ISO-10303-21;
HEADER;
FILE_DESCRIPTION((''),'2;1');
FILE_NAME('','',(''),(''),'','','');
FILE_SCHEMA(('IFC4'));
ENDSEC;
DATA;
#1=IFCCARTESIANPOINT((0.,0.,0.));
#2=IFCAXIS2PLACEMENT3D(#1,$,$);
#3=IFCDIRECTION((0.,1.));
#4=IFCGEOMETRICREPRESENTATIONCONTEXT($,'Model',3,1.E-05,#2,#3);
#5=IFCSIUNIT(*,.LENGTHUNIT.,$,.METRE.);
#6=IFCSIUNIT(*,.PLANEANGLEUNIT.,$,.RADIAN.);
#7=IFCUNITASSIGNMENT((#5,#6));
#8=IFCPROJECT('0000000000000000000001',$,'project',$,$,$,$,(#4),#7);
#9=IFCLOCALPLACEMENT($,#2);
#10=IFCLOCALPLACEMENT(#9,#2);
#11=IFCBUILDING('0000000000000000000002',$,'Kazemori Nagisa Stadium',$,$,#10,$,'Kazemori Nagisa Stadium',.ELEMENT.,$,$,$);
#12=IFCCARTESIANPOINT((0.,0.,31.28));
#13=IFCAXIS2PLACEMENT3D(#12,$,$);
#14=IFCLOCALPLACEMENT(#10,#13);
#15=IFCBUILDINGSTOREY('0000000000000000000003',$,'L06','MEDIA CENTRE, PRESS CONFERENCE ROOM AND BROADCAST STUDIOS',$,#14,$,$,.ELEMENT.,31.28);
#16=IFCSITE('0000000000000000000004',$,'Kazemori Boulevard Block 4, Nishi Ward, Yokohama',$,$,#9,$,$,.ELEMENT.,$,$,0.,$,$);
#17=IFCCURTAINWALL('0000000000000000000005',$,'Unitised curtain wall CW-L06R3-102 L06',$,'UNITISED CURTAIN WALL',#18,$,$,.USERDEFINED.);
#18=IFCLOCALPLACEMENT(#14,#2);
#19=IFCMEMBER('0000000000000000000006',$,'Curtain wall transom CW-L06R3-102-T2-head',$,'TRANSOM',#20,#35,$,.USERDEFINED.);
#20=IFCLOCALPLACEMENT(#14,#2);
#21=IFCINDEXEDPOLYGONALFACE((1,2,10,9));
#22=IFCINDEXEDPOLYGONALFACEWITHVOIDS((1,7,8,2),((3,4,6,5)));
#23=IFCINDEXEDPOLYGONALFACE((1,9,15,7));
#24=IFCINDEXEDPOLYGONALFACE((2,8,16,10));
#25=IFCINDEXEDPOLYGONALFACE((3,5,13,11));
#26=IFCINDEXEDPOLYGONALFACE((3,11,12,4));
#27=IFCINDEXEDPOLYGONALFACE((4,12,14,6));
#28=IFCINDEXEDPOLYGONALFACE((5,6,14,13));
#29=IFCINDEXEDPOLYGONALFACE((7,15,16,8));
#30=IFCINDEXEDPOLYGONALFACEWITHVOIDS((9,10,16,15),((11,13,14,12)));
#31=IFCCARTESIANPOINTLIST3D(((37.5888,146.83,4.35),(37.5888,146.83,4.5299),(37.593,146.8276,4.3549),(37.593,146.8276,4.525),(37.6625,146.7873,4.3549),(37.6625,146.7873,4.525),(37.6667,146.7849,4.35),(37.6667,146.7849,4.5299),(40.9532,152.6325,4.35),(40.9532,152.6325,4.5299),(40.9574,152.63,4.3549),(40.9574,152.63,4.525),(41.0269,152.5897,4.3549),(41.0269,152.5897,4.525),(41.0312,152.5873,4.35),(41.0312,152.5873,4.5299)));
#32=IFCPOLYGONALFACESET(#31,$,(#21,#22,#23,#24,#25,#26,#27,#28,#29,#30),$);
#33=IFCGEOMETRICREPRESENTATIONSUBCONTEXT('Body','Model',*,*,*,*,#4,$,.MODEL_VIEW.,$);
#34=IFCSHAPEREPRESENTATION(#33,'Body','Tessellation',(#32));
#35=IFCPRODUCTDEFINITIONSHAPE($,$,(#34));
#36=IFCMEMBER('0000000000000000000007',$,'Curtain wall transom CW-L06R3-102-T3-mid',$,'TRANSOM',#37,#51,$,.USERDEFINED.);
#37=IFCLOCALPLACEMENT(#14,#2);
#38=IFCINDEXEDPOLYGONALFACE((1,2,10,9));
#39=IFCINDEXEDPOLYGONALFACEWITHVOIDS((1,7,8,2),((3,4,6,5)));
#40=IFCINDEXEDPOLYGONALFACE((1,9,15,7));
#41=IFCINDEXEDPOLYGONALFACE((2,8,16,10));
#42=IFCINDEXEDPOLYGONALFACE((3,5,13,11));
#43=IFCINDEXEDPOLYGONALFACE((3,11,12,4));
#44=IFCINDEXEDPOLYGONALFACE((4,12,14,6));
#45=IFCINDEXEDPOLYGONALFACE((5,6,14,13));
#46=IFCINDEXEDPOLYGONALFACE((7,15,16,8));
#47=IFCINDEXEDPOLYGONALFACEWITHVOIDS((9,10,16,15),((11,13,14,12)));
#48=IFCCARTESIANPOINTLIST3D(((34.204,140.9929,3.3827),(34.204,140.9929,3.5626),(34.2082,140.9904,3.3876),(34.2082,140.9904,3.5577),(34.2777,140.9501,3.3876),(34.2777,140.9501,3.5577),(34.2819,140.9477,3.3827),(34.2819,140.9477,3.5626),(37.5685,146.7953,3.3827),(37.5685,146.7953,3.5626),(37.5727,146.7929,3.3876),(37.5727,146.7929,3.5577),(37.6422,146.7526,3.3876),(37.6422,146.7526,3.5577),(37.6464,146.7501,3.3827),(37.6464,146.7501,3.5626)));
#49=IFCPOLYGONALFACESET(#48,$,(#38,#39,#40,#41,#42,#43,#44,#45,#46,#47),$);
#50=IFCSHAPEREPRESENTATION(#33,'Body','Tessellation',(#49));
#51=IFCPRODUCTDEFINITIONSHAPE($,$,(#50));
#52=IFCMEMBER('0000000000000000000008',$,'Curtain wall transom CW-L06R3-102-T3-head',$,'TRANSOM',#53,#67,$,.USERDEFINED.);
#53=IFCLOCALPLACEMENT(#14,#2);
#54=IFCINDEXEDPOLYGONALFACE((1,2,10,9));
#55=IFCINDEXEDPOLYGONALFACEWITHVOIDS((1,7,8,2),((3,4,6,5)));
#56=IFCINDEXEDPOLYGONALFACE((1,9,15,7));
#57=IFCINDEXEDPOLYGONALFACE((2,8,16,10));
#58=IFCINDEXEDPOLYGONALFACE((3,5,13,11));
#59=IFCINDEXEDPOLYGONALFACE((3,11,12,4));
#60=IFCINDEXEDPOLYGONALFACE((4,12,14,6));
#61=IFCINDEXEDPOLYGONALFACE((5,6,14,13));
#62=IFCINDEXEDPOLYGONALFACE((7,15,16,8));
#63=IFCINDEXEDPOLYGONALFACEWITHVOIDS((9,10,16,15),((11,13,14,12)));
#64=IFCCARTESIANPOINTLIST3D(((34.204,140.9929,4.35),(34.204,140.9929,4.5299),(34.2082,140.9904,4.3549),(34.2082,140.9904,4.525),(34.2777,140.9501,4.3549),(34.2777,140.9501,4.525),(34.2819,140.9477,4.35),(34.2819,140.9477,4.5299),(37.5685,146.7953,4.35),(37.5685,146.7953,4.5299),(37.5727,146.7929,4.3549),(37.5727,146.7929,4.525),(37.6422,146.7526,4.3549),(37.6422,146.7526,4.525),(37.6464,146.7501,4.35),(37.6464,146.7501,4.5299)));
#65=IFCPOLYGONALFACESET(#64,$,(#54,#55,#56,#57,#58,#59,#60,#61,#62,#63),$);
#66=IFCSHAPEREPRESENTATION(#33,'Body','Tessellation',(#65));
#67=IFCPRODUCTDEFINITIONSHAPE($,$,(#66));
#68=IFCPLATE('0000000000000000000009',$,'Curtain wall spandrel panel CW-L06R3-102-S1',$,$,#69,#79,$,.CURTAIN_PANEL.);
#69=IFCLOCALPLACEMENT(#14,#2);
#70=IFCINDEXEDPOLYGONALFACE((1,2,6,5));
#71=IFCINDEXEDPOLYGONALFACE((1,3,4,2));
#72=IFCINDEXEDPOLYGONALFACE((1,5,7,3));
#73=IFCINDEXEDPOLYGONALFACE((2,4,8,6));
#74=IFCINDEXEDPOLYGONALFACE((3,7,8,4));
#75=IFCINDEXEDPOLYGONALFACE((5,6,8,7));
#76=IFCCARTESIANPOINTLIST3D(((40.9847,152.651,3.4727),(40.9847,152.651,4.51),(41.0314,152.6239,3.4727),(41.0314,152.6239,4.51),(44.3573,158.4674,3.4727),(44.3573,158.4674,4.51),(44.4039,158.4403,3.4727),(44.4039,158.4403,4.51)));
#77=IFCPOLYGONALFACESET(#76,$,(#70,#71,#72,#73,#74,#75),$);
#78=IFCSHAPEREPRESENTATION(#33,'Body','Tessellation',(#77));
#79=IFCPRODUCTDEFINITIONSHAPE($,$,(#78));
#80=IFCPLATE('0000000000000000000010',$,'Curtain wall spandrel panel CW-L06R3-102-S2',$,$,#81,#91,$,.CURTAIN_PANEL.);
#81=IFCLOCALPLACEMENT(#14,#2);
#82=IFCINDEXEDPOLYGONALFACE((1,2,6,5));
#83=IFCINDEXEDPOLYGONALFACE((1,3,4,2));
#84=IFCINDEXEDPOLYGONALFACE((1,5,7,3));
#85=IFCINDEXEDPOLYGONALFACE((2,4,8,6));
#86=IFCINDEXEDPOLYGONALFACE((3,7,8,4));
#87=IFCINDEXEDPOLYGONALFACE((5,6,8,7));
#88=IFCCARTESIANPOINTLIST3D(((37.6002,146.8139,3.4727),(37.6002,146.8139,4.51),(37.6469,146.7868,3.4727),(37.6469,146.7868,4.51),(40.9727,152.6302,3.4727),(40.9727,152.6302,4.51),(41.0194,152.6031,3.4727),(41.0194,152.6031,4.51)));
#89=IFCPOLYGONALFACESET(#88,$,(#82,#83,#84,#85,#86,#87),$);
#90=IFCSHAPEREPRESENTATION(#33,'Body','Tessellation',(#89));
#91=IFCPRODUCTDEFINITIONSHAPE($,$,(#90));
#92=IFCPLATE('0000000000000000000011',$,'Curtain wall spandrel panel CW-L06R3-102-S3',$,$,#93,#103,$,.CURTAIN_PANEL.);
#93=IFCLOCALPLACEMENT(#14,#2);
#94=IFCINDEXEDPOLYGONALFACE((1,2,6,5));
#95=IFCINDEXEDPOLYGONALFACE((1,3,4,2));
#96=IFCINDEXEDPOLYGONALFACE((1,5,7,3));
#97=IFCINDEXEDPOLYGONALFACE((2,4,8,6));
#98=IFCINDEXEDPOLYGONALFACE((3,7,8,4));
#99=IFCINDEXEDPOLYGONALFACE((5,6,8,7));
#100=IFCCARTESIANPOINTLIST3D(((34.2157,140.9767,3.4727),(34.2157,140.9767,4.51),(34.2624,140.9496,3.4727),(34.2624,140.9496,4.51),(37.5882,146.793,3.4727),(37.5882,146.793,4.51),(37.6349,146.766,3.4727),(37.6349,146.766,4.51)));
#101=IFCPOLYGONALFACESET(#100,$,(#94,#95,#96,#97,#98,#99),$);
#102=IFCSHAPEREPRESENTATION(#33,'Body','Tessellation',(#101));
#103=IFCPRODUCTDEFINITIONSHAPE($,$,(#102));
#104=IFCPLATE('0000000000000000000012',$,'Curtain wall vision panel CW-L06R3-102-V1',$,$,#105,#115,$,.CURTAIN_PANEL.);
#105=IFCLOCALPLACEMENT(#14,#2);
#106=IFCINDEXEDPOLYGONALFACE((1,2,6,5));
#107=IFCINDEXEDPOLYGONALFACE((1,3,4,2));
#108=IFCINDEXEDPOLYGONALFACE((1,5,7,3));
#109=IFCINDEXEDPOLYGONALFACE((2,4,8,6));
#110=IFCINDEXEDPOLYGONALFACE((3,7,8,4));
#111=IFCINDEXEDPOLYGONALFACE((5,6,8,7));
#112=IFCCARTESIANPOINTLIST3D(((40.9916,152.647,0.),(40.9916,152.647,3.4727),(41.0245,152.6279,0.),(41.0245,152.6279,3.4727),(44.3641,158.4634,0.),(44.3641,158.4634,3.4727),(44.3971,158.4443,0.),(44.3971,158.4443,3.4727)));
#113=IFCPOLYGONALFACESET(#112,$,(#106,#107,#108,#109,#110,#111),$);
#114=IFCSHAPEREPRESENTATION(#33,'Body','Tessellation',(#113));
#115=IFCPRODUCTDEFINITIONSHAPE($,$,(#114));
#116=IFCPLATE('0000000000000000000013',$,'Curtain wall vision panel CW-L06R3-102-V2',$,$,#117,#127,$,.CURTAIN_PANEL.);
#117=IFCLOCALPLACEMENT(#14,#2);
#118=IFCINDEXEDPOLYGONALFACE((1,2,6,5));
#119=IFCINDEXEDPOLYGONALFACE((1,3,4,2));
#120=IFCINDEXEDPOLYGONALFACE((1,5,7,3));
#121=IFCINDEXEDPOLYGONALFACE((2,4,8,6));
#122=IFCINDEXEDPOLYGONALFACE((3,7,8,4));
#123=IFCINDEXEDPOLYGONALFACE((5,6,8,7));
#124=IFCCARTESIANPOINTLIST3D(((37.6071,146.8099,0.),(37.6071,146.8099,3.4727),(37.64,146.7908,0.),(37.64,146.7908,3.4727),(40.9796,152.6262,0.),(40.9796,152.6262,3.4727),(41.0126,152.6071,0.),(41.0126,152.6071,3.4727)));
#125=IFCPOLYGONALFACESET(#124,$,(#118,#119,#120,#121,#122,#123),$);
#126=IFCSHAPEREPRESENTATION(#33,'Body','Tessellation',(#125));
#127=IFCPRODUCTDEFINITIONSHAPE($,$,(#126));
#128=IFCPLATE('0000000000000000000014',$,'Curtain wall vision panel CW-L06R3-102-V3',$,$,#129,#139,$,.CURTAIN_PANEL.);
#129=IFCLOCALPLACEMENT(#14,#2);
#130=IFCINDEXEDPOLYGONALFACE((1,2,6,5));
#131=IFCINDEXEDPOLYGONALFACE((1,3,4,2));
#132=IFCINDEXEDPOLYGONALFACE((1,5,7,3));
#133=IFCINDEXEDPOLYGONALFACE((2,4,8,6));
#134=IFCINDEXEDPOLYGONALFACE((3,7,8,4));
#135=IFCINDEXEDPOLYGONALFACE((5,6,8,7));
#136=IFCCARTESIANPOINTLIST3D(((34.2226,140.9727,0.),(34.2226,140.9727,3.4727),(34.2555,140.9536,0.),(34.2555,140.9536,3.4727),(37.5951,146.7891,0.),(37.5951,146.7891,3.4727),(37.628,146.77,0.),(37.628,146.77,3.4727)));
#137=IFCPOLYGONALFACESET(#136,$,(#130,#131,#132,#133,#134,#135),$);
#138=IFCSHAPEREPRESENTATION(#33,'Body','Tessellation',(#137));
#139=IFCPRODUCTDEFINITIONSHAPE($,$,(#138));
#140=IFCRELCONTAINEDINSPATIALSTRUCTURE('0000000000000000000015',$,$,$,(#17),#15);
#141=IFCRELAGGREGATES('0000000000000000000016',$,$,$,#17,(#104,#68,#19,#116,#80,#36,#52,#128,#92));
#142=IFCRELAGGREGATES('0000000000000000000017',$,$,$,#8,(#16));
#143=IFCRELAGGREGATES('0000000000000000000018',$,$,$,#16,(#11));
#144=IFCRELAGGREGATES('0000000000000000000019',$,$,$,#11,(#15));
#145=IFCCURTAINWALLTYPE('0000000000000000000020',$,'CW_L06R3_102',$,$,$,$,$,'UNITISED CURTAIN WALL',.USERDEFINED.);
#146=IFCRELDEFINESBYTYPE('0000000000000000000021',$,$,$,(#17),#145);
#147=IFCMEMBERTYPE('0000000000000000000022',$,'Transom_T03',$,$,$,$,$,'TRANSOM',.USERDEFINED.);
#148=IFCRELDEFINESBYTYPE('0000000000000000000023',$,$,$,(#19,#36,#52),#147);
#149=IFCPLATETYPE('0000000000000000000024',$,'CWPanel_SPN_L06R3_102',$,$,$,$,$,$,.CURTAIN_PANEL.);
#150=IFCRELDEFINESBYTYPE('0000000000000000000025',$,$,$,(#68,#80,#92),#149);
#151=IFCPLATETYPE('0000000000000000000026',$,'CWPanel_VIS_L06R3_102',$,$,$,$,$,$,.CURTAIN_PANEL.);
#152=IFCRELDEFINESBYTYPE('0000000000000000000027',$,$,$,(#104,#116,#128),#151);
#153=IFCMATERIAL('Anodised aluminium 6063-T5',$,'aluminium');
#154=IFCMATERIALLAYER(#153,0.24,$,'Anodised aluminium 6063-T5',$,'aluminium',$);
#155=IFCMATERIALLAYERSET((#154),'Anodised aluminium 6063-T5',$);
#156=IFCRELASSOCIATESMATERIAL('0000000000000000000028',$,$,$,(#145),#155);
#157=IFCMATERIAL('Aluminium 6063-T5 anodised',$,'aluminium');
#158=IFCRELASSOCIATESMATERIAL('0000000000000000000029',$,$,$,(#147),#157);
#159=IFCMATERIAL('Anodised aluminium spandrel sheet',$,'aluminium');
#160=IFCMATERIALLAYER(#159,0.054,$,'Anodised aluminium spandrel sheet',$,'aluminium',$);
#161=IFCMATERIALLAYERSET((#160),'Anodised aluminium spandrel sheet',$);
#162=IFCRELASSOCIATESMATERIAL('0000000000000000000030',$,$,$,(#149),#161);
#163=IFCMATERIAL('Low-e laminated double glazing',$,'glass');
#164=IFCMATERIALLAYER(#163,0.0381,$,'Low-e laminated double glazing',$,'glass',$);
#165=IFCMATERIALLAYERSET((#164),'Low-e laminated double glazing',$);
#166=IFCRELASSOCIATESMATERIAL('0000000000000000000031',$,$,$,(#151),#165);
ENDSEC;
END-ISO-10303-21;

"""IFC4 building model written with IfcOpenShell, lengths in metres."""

from ifc_helpers import new_model, si_unit, direction, frame, origin, origin_2d, place, context, subcontext, project, spatial, rectangle, hollow_rectangle, extrude, material, layer, layer_set, material_profile, profile_set, type_object, element, aggregate, save


model = new_model("IFC4")

# Units and contexts
model_context = context("Model", 3, precision=1e-05, world=origin(), true_north=direction((0.0, 1.0)))
body_context = subcontext(model_context, "Body", "Model", "MODEL_VIEW")
ifc_project = project(units=[si_unit("LENGTHUNIT", "METRE"), si_unit("PLANEANGLEUNIT", "RADIAN")], contexts=[model_context])

# Site, building, storey
site_placement = place(None, origin())
site = spatial("IfcSite", under=ifc_project, at=site_placement, Name="Kazemori Boulevard Block 4, Nishi Ward, Yokohama", CompositionType="ELEMENT", RefElevation=0.0)
building_placement = place(site_placement, origin())
building = spatial("IfcBuilding", under=site, at=building_placement, Name="Kazemori Nagisa Stadium", LongName="Kazemori Nagisa Stadium", CompositionType="ELEMENT")
storey_placement = place(building_placement, frame((0.0, 0.0, 31.28)))
storey = spatial("IfcBuildingStorey", under=building, at=storey_placement, Name="L06", Description="MEDIA CENTRE, PRESS CONFERENCE ROOM AND BROADCAST STUDIOS", CompositionType="ELEMENT", Elevation=31.28)

# Curtain wall, members, plates
ifc_material_1 = material(Name="Anodised aluminium 6063-T5", Category="aluminium")
ifc_layer_1 = layer(ifc_material_1, 0.24, Name="Anodised aluminium 6063-T5", Category="aluminium")
ifc_layer_set_1 = layer_set([ifc_layer_1], Name="Anodised aluminium 6063-T5")
curtain_wall_type = type_object("IfcCurtainWallType", Name="CW_L06R3_102", ElementType="UNITISED CURTAIN WALL", PredefinedType="USERDEFINED", material=ifc_layer_set_1)
curtain_wall_placement = place(storey_placement, origin())
curtain_wall = element("IfcCurtainWall", 1, at=curtain_wall_placement, inside=storey, type_object=curtain_wall_type, Name="Unitised curtain wall CW-L06R3-102 L06", ObjectType="UNITISED CURTAIN WALL", PredefinedType="USERDEFINED")
ifc_material_2 = material(Name="Aluminium 6063-T5 anodised", Category="aluminium")
ifc_material_profile_1 = material_profile(ifc_material_2, hollow_rectangle(XDim=0.0901, YDim=0.1799, WallThickness=0.0049, at=origin_2d()), Name="ALU-TRAN-90x180x5")
ifc_profile_set_1 = profile_set([ifc_material_profile_1], Name="Aluminium 6063-T5 anodised")
member_type_1 = type_object("IfcMemberType", Name="Transom_T03", ElementType="TRANSOM", PredefinedType="USERDEFINED", material=ifc_profile_set_1)
member_1_placement = place(storey_placement, frame((40.9922, 152.6099, 4.4399), z_axis=(-0.501613, -0.865092, 0.0), x_axis=(0.865092, -0.501613, 0.0)))
member_1 = element("IfcMember", 2, at=member_1_placement, type_object=member_type_1, Name="Curtain wall transom CW-L06R3-102-T2-head", ObjectType="TRANSOM", PredefinedType="USERDEFINED", context=body_context, shape_type="SweptSolid", body=[
    extrude(hollow_rectangle(XDim=0.0901, YDim=0.1799, WallThickness=0.0049, at=origin_2d()), origin(), (0.0, 0.0, 1.0), 6.7073),
])
member_2_placement = place(storey_placement, frame((37.6074, 146.7727, 3.4727), z_axis=(-0.501613, -0.865092, 0.0), x_axis=(0.865092, -0.501613, 0.0)))
member_2 = element("IfcMember", 3, at=member_2_placement, type_object=member_type_1, Name="Curtain wall transom CW-L06R3-102-T3-mid", ObjectType="TRANSOM", PredefinedType="USERDEFINED", context=body_context, shape_type="SweptSolid", body=[
    extrude(hollow_rectangle(XDim=0.0901, YDim=0.1799, WallThickness=0.0049, at=origin_2d()), origin(), (0.0, 0.0, 1.0), 6.7073),
])
member_3_placement = place(storey_placement, frame((37.6074, 146.7727, 4.4399), z_axis=(-0.501613, -0.865092, 0.0), x_axis=(0.865092, -0.501613, 0.0)))
member_3 = element("IfcMember", 4, at=member_3_placement, type_object=member_type_1, Name="Curtain wall transom CW-L06R3-102-T3-head", ObjectType="TRANSOM", PredefinedType="USERDEFINED", context=body_context, shape_type="SweptSolid", body=[
    extrude(hollow_rectangle(XDim=0.0901, YDim=0.1799, WallThickness=0.0049, at=origin_2d()), origin(), (0.0, 0.0, 1.0), 6.7073),
])
ifc_material_3 = material(Name="Anodised aluminium spandrel sheet", Category="aluminium")
ifc_layer_2 = layer(ifc_material_3, 0.054, Name="Anodised aluminium spandrel sheet", Category="aluminium")
ifc_layer_set_2 = layer_set([ifc_layer_2], Name="Anodised aluminium spandrel sheet")
plate_type_1 = type_object("IfcPlateType", Name="CWPanel_SPN_L06R3_102", PredefinedType="CURTAIN_PANEL", material=ifc_layer_set_2)
plate_1_placement = place(storey_placement, frame((42.6943, 155.5457, 3.4727), z_axis=(0.0, 0.0, 1.0), x_axis=(-0.501612, -0.865093, 0.0)))
plate_1 = element("IfcPlate", 5, at=plate_1_placement, type_object=plate_type_1, Name="Curtain wall spandrel panel CW-L06R3-102-S1", PredefinedType="CURTAIN_PANEL", context=body_context, shape_type="SweptSolid", body=[
    extrude(rectangle(XDim=6.7234, YDim=0.054, at=origin_2d()), origin(), (0.0, 0.0, 1.0), 1.0374),
])
plate_2_placement = place(storey_placement, frame((39.3098, 149.7085, 3.4727), z_axis=(0.0, 0.0, 1.0), x_axis=(-0.501612, -0.865093, 0.0)))
plate_2 = element("IfcPlate", 6, at=plate_2_placement, type_object=plate_type_1, Name="Curtain wall spandrel panel CW-L06R3-102-S2", PredefinedType="CURTAIN_PANEL", context=body_context, shape_type="SweptSolid", body=[
    extrude(rectangle(XDim=6.7234, YDim=0.054, at=origin_2d()), origin(), (0.0, 0.0, 1.0), 1.0374),
])
plate_3_placement = place(storey_placement, frame((35.9253, 143.8713, 3.4727), z_axis=(0.0, 0.0, 1.0), x_axis=(-0.501612, -0.865093, 0.0)))
plate_3 = element("IfcPlate", 7, at=plate_3_placement, type_object=plate_type_1, Name="Curtain wall spandrel panel CW-L06R3-102-S3", PredefinedType="CURTAIN_PANEL", context=body_context, shape_type="SweptSolid", body=[
    extrude(rectangle(XDim=6.7234, YDim=0.054, at=origin_2d()), origin(), (0.0, 0.0, 1.0), 1.0374),
])
ifc_material_4 = material(Name="Low-e laminated double glazing", Category="glass")
ifc_layer_3 = layer(ifc_material_4, 0.0381, Name="Low-e laminated double glazing", Category="glass")
ifc_layer_set_3 = layer_set([ifc_layer_3], Name="Low-e laminated double glazing")
plate_type_2 = type_object("IfcPlateType", Name="CWPanel_VIS_L06R3_102", PredefinedType="CURTAIN_PANEL", material=ifc_layer_set_3)
plate_4_placement = place(storey_placement, frame((42.6943, 155.5457, 0.0), z_axis=(0.0, 0.0, 1.0), x_axis=(-0.501612, -0.865093, 0.0)))
plate_4 = element("IfcPlate", 8, at=plate_4_placement, type_object=plate_type_2, Name="Curtain wall vision panel CW-L06R3-102-V1", PredefinedType="CURTAIN_PANEL", context=body_context, shape_type="SweptSolid", body=[
    extrude(rectangle(XDim=6.7234, YDim=0.0381, at=origin_2d()), origin(), (0.0, 0.0, 1.0), 3.4727),
])
plate_5_placement = place(storey_placement, frame((39.3098, 149.7085, 0.0), z_axis=(0.0, 0.0, 1.0), x_axis=(-0.501612, -0.865093, 0.0)))
plate_5 = element("IfcPlate", 9, at=plate_5_placement, type_object=plate_type_2, Name="Curtain wall vision panel CW-L06R3-102-V2", PredefinedType="CURTAIN_PANEL", context=body_context, shape_type="SweptSolid", body=[
    extrude(rectangle(XDim=6.7234, YDim=0.0381, at=origin_2d()), origin(), (0.0, 0.0, 1.0), 3.4727),
])
plate_6_placement = place(storey_placement, frame((35.9253, 143.8713, 0.0), z_axis=(0.0, 0.0, 1.0), x_axis=(-0.501612, -0.865093, 0.0)))
plate_6 = element("IfcPlate", 10, at=plate_6_placement, type_object=plate_type_2, Name="Curtain wall vision panel CW-L06R3-102-V3", PredefinedType="CURTAIN_PANEL", context=body_context, shape_type="SweptSolid", body=[
    extrude(rectangle(XDim=6.7234, YDim=0.0381, at=origin_2d()), origin(), (0.0, 0.0, 1.0), 3.4727),
])
aggregate(curtain_wall, [plate_4, plate_1, member_1, plate_5, plate_2, member_2, member_3, plate_6, plate_3])

save(model, "model.ifc")
